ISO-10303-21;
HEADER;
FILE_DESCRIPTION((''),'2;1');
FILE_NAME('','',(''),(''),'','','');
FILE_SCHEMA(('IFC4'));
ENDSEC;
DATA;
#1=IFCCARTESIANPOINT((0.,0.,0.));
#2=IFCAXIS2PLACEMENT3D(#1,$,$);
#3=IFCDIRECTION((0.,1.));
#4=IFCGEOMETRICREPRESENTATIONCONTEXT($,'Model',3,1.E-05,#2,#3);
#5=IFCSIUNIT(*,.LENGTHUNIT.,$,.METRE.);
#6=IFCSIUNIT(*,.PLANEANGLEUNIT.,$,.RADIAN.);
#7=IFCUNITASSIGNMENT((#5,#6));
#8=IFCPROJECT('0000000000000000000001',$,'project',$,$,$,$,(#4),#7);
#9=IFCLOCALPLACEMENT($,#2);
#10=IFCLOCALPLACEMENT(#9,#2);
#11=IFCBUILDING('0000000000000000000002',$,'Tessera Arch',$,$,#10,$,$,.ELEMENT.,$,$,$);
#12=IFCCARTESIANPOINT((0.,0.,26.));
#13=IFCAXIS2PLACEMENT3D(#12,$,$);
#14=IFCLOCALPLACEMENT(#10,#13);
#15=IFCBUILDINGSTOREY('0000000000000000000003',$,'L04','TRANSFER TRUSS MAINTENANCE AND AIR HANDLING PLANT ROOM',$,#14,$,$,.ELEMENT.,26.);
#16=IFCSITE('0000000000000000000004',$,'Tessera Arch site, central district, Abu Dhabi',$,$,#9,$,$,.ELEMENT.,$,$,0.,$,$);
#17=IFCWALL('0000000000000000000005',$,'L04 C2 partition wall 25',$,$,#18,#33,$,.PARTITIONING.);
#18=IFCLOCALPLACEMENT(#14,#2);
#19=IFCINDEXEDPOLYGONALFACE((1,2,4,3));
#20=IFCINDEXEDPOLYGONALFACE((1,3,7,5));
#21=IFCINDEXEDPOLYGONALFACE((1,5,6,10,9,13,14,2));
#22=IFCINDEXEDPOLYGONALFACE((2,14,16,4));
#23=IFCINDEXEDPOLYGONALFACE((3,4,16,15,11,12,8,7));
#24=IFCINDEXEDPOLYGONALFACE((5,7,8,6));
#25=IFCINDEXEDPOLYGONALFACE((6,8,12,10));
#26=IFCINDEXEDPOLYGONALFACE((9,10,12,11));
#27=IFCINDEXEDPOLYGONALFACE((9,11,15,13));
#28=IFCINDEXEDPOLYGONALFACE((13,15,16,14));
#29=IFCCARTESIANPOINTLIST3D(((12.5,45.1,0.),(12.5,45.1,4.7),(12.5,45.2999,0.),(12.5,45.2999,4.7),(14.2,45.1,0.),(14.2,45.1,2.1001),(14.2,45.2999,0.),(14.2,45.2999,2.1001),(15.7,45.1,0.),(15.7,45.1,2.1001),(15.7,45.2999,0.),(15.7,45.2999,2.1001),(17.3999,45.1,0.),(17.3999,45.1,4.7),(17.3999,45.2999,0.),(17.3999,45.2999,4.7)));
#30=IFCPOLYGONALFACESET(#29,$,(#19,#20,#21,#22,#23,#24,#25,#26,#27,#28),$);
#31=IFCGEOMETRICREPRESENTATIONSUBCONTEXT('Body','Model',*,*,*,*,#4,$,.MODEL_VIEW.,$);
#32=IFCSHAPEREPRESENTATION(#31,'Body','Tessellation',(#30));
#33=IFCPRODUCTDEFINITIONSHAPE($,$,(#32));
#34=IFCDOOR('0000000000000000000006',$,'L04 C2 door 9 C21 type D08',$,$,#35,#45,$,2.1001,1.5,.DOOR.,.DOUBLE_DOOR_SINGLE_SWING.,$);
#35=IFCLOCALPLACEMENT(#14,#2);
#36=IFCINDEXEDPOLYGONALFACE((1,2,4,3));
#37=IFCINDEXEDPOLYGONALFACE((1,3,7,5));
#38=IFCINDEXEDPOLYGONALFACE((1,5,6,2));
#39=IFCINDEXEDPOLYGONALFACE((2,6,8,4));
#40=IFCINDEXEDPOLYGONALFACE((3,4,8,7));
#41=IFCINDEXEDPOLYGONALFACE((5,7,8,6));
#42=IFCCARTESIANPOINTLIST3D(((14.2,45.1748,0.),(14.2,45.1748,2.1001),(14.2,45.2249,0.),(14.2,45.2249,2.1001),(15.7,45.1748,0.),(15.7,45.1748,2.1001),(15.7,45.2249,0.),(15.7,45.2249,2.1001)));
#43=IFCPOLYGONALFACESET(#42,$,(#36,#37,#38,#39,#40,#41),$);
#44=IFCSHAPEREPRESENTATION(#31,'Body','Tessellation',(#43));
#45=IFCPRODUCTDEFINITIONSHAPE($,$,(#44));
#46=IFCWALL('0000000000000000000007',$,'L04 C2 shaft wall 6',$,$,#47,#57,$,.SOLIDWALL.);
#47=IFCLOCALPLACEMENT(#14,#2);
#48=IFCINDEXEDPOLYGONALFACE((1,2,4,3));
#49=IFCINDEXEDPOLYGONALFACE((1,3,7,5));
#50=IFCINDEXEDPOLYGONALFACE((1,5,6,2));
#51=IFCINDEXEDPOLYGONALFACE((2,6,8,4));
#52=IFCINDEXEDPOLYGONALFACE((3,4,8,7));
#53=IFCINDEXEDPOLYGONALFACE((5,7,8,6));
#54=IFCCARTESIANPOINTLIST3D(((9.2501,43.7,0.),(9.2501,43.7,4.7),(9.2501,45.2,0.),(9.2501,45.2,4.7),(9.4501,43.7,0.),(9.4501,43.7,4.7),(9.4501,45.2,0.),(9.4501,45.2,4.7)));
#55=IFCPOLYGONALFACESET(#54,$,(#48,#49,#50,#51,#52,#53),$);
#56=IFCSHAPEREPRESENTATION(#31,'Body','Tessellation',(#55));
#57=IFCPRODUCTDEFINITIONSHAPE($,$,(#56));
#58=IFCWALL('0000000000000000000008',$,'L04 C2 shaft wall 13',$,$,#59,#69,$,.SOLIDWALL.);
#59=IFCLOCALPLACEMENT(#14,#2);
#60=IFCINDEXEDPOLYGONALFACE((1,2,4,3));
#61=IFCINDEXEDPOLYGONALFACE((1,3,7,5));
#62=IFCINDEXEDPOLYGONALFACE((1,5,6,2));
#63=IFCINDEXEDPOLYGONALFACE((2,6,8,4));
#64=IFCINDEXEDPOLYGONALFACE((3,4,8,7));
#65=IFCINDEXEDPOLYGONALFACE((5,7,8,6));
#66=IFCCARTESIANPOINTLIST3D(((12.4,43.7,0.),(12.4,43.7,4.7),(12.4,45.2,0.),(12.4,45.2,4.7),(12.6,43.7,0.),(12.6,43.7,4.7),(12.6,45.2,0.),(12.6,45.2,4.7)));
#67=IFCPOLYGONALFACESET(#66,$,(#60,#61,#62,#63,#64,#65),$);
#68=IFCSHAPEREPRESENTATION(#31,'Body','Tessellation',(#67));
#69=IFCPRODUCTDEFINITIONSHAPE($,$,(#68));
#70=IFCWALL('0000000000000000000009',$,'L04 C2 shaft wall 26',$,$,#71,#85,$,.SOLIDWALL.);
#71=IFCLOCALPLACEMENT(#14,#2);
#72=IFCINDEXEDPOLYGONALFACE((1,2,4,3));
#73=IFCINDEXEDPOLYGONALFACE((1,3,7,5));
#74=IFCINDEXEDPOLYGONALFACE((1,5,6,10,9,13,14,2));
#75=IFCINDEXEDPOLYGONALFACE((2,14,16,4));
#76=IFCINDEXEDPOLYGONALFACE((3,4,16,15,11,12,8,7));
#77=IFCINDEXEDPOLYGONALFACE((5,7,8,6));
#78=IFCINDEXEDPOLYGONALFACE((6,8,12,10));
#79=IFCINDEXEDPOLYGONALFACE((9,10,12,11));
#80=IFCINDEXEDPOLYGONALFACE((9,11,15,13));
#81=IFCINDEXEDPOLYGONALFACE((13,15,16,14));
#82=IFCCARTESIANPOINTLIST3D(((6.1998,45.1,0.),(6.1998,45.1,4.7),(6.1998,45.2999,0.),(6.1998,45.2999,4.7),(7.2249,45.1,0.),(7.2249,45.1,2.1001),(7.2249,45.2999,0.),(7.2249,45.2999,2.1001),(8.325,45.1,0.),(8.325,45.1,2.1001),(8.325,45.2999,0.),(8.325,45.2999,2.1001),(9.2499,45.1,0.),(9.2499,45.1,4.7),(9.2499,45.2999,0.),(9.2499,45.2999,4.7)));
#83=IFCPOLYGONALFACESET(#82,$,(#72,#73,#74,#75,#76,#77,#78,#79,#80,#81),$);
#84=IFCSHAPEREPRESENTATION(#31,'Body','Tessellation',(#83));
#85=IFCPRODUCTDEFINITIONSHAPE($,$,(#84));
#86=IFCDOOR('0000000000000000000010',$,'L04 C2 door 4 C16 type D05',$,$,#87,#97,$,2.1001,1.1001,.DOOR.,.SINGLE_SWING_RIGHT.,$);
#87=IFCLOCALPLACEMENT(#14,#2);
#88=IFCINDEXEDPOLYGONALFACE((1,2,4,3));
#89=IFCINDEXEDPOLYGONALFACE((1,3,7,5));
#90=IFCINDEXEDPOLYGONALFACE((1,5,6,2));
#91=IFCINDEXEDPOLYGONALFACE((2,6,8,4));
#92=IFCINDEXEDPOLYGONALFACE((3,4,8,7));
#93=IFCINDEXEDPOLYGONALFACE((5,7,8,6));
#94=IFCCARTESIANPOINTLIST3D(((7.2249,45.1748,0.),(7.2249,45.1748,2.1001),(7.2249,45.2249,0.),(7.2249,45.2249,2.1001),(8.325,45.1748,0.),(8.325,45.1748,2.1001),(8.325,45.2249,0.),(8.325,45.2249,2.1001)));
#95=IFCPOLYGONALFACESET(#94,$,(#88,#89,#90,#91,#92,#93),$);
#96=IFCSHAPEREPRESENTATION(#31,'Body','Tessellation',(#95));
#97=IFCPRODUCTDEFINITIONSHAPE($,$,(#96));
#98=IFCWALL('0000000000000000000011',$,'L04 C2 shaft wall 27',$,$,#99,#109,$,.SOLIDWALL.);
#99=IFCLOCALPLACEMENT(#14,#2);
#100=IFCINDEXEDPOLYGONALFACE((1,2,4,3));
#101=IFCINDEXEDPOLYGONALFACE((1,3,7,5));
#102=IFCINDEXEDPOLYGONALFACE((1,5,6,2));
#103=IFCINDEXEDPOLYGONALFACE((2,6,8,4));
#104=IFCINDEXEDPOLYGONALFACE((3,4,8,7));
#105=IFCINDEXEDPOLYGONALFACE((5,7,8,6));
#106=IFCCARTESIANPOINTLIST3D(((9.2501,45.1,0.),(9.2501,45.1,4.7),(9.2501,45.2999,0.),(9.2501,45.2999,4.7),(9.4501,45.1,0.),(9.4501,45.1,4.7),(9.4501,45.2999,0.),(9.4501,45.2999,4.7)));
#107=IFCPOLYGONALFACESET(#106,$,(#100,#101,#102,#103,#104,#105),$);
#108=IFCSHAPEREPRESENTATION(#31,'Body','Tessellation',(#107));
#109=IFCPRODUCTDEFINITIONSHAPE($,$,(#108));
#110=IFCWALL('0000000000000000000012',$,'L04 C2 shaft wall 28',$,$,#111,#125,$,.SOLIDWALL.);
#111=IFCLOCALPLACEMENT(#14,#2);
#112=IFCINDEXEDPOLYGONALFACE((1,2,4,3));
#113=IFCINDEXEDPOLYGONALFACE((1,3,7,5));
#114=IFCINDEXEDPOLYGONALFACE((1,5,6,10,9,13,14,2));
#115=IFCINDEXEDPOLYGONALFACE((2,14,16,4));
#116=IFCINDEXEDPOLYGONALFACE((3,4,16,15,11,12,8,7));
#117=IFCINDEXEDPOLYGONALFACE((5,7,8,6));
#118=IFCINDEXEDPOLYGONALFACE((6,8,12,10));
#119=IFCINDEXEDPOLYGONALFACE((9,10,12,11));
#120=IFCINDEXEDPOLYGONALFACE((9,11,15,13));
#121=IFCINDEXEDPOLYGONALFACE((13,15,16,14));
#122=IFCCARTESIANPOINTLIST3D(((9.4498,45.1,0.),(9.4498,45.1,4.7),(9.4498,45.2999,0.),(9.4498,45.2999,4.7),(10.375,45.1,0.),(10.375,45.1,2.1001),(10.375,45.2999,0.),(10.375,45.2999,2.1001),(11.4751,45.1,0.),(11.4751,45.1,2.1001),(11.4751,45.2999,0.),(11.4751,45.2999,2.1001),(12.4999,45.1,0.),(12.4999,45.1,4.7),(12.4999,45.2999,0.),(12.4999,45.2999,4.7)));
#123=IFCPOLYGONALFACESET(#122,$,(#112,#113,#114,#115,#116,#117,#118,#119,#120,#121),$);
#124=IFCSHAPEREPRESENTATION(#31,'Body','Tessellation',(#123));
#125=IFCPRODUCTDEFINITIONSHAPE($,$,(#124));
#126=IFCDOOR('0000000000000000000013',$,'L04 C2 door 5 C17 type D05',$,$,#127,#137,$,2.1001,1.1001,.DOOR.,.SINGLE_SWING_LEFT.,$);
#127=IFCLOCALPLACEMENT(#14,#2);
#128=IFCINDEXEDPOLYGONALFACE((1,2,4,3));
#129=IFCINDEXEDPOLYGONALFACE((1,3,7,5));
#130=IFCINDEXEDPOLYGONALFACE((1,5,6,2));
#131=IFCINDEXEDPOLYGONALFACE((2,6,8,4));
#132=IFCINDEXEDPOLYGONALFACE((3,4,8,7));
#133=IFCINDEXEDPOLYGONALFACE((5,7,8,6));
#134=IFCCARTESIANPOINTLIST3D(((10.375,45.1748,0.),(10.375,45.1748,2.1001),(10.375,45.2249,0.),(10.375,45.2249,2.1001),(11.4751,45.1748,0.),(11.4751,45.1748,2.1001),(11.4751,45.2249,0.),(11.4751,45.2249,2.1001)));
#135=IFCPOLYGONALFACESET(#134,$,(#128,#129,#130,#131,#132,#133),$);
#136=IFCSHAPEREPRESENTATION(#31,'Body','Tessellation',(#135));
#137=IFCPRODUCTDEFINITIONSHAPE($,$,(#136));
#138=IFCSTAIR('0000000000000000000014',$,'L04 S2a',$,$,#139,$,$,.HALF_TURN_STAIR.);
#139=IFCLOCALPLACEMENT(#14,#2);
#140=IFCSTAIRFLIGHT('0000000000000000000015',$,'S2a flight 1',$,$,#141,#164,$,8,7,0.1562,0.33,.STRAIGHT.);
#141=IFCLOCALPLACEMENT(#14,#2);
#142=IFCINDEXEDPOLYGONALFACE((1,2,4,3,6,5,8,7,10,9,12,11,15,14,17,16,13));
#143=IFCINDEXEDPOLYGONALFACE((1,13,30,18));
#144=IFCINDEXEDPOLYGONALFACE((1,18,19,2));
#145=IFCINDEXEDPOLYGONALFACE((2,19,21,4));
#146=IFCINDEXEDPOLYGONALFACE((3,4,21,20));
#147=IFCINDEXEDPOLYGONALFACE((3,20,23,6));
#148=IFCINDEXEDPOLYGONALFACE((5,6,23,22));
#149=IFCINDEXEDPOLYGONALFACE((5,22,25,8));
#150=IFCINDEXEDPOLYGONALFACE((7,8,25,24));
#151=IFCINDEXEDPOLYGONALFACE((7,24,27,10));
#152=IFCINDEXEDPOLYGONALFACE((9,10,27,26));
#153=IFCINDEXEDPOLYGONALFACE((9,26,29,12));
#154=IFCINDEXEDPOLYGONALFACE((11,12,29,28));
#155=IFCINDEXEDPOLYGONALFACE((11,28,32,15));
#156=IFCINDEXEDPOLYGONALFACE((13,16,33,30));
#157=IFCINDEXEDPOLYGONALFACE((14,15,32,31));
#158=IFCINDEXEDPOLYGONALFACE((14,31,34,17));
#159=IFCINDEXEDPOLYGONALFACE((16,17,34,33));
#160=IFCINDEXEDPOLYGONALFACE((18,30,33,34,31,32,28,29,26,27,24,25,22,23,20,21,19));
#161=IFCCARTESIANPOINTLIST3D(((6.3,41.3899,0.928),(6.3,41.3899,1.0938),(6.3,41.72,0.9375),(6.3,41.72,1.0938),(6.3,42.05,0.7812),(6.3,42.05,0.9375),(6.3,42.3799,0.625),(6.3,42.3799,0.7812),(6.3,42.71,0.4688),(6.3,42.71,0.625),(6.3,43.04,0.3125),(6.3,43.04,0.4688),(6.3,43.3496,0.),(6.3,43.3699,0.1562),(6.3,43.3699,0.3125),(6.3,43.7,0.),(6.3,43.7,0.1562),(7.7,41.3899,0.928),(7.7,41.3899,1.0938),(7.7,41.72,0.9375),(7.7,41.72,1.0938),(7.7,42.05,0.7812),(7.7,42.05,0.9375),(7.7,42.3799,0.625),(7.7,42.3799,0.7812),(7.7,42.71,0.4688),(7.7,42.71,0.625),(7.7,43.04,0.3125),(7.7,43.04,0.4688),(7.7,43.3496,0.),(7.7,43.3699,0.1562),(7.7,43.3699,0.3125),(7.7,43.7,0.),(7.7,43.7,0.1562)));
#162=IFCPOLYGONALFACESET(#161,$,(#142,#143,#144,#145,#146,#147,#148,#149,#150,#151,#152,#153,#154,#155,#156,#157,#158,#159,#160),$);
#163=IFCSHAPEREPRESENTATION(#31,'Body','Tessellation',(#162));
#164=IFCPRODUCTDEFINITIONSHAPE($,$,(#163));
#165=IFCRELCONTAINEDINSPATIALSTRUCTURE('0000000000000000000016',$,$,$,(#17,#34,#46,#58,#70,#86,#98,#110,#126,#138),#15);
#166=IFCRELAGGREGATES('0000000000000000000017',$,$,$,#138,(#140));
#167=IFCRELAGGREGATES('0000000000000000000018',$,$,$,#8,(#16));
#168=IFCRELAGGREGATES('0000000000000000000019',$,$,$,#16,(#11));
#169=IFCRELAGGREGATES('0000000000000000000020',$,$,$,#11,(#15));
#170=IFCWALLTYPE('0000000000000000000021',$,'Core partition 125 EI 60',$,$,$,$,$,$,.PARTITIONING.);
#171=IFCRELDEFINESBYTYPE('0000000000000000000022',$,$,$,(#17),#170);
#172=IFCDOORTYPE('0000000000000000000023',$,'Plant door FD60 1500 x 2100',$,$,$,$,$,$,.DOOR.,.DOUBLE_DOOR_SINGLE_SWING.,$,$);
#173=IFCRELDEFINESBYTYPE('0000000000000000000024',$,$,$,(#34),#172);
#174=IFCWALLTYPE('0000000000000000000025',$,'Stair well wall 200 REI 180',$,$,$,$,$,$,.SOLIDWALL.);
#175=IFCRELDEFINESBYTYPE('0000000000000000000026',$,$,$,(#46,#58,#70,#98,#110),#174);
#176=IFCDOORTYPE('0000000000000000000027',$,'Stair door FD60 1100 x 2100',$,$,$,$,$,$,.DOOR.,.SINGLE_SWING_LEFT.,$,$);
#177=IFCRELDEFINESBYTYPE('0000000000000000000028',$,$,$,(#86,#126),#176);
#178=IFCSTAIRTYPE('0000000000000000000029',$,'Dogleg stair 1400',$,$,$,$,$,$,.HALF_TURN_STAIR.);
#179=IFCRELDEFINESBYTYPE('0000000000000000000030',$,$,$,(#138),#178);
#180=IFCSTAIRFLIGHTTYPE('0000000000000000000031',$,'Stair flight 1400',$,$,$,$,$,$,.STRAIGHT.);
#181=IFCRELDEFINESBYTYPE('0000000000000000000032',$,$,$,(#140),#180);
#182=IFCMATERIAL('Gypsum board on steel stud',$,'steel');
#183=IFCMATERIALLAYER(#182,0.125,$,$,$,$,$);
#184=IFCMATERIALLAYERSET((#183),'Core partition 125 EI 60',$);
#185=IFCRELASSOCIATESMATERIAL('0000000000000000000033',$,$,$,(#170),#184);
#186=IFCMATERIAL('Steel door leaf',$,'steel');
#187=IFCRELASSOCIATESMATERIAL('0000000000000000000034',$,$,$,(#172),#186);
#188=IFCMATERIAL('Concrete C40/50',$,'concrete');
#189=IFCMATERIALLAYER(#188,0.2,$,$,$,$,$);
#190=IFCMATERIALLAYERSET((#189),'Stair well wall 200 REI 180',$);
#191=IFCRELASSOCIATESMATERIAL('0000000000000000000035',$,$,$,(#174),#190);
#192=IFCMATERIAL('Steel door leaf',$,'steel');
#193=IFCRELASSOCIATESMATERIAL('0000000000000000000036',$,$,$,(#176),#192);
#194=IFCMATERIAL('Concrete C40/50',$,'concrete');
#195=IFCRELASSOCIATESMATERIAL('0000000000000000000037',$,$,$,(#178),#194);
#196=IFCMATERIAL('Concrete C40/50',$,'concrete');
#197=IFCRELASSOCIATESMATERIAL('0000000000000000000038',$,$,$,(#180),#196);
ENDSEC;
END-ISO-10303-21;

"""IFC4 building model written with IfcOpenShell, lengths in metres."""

from ifc_helpers import new_model, si_unit, direction, frame, frame_2d, origin, place, context, subcontext, project, spatial, polyline, rectangle, outline, extrude, material, layer, layer_set, type_object, element, fill, aggregate, save


model = new_model("IFC4")

# Units and contexts
model_context = context("Model", 3, precision=1e-05, world=origin(), true_north=direction((0.0, 1.0)))
body_context = subcontext(model_context, "Body", "Model", "MODEL_VIEW")
ifc_project = project(units=[si_unit("LENGTHUNIT", "METRE"), si_unit("PLANEANGLEUNIT", "RADIAN")], contexts=[model_context])

# Site, building, storey
site_placement = place(None, origin())
site = spatial("IfcSite", under=ifc_project, at=site_placement, Name="Tessera Arch site, central district, Abu Dhabi", CompositionType="ELEMENT", RefElevation=0.0)
building_placement = place(site_placement, origin())
building = spatial("IfcBuilding", under=site, at=building_placement, Name="Tessera Arch", CompositionType="ELEMENT")
storey_placement = place(building_placement, frame((0.0, 0.0, 26.0)))
storey = spatial("IfcBuildingStorey", under=building, at=storey_placement, Name="L04", Description="TRANSFER TRUSS MAINTENANCE AND AIR HANDLING PLANT ROOM", CompositionType="ELEMENT", Elevation=26.0)

# Wall, opening, door
ifc_material_1 = material(Name="Gypsum board on steel stud", Category="steel")
ifc_layer_1 = layer(ifc_material_1, 0.125)
ifc_layer_set_1 = layer_set([ifc_layer_1], Name="Core partition 125 EI 60")
wall_type_1 = type_object("IfcWallType", Name="Core partition 125 EI 60", PredefinedType="PARTITIONING", material=ifc_layer_set_1)
wall_1_placement = place(storey_placement, frame((12.5, 45.2, 0.0), z_axis=(0.0, 0.0, 1.0), x_axis=(1.0, 0.0, 0.0)))
wall_1 = element("IfcWall", 1, at=wall_1_placement, inside=storey, type_object=wall_type_1, Name="L04 C2 partition wall 25", PredefinedType="PARTITIONING", context=body_context, shape_type="SweptSolid", body=[
    extrude(rectangle(XDim=4.8999, YDim=0.2, at=frame_2d((2.45, 0.0))), origin(), (0.0, 0.0, 1.0), 4.7),
])
opening_1_placement = place(wall_1_placement, frame((1.7, 0.0, 0.0)))
opening_1 = element("IfcOpeningElement", 2, at=opening_1_placement, cuts=wall_1, PredefinedType="OPENING", context=body_context, shape_type="SweptSolid", body=[
    extrude(rectangle(XDim=1.5, YDim=2.1001, at=frame_2d((0.75, 1.05))), frame((0.0, 0.1099, 0.0), z_axis=(0.0, -1.0, 0.0), x_axis=(1.0, 0.0, 0.0)), (0.0, 0.0, 1.0), 0.22),
])
ifc_material_2 = material(Name="Steel door leaf", Category="steel")
door_type_1 = type_object("IfcDoorType", Name="Plant door FD60 1500 x 2100", OperationType="DOUBLE_DOOR_SINGLE_SWING", PredefinedType="DOOR", material=ifc_material_2)
door_1_placement = place(opening_1_placement, origin())
door_1 = element("IfcDoor", 3, at=door_1_placement, inside=storey, type_object=door_type_1, Name="L04 C2 door 9 C21 type D08", OperationType="DOUBLE_DOOR_SINGLE_SWING", OverallHeight=2.1001, OverallWidth=1.5, PredefinedType="DOOR", context=body_context, shape_type="SweptSolid", body=[
    extrude(rectangle(XDim=1.5, YDim=2.1001, at=frame_2d((0.75, 1.05))), frame((0.0, 0.0249, 0.0), z_axis=(0.0, -1.0, 0.0), x_axis=(1.0, 0.0, 0.0)), (0.0, 0.0, 1.0), 0.05),
])
fill(opening_1, door_1)

# Walls
ifc_material_3 = material(Name="Concrete C40/50", Category="concrete")
ifc_layer_2 = layer(ifc_material_3, 0.2)
ifc_layer_set_2 = layer_set([ifc_layer_2], Name="Stair well wall 200 REI 180")
wall_type_2 = type_object("IfcWallType", Name="Stair well wall 200 REI 180", PredefinedType="SOLIDWALL", material=ifc_layer_set_2)
for number, where, z_axis, x_axis, name in (
    (4, (9.3501, 43.7, 0.0), (0.0, 0.0, 1.0), (0.0, 1.0, 0.0), "L04 C2 shaft wall 6"),
    (5, (12.5, 43.7, 0.0), (0.0, 0.0, 1.0), (0.0, 1.0, 0.0), "L04 C2 shaft wall 13"),
):
    element("IfcWall", number, at=place(storey_placement, frame(where, z_axis=z_axis, x_axis=x_axis)), inside=storey, type_object=wall_type_2, Name=name, PredefinedType="SOLIDWALL", context=body_context, shape_type="SweptSolid", body=[
        extrude(rectangle(XDim=1.5, YDim=0.2, at=frame_2d((0.75, 0.0))), origin(), (0.0, 0.0, 1.0), 4.7),
    ])

# Wall, opening, door
wall_2_placement = place(storey_placement, frame((6.2, 45.2, 0.0), z_axis=(0.0, 0.0, 1.0), x_axis=(1.0, 0.0, 0.0)))
wall_2 = element("IfcWall", 6, at=wall_2_placement, inside=storey, type_object=wall_type_2, Name="L04 C2 shaft wall 26", PredefinedType="SOLIDWALL", context=body_context, shape_type="SweptSolid", body=[
    extrude(rectangle(XDim=3.05, YDim=0.2, at=frame_2d((1.5249, 0.0))), origin(), (0.0, 0.0, 1.0), 4.7),
])
opening_2_placement = place(wall_2_placement, frame((1.0249, 0.0, 0.0)))
opening_2 = element("IfcOpeningElement", 7, at=opening_2_placement, cuts=wall_2, PredefinedType="OPENING", context=body_context, shape_type="SweptSolid", body=[
    extrude(rectangle(XDim=1.1001, YDim=2.1001, at=frame_2d((0.55, 1.05))), frame((0.0, 0.1099, 0.0), z_axis=(0.0, -1.0, 0.0), x_axis=(1.0, 0.0, 0.0)), (0.0, 0.0, 1.0), 0.22),
])
ifc_material_4 = material(Name="Steel door leaf", Category="steel")
door_type_2 = type_object("IfcDoorType", Name="Stair door FD60 1100 x 2100", OperationType="SINGLE_SWING_LEFT", PredefinedType="DOOR", material=ifc_material_4)
door_2_placement = place(opening_2_placement, origin())
door_2 = element("IfcDoor", 8, at=door_2_placement, inside=storey, type_object=door_type_2, Name="L04 C2 door 4 C16 type D05", OperationType="SINGLE_SWING_RIGHT", OverallHeight=2.1001, OverallWidth=1.1001, PredefinedType="DOOR", context=body_context, shape_type="SweptSolid", body=[
    extrude(rectangle(XDim=1.1001, YDim=2.1001, at=frame_2d((0.55, 1.05))), frame((0.0, 0.0249, 0.0), z_axis=(0.0, -1.0, 0.0), x_axis=(1.0, 0.0, 0.0)), (0.0, 0.0, 1.0), 0.05),
])
fill(opening_2, door_2)

# Wall
wall_3_placement = place(storey_placement, frame((9.25, 45.2, 0.0), z_axis=(0.0, 0.0, 1.0), x_axis=(1.0, 0.0, 0.0)))
element("IfcWall", 9, at=wall_3_placement, inside=storey, type_object=wall_type_2, Name="L04 C2 shaft wall 27", PredefinedType="SOLIDWALL", context=body_context, shape_type="SweptSolid", body=[
    extrude(rectangle(XDim=0.2, YDim=0.2, at=frame_2d((0.1001, 0.0))), origin(), (0.0, 0.0, 1.0), 4.7),
])

# Wall, opening, door
wall_4_placement = place(storey_placement, frame((9.45, 45.2, 0.0), z_axis=(0.0, 0.0, 1.0), x_axis=(1.0, 0.0, 0.0)))
wall_4 = element("IfcWall", 10, at=wall_4_placement, inside=storey, type_object=wall_type_2, Name="L04 C2 shaft wall 28", PredefinedType="SOLIDWALL", context=body_context, shape_type="SweptSolid", body=[
    extrude(rectangle(XDim=3.05, YDim=0.2, at=frame_2d((1.5249, 0.0))), origin(), (0.0, 0.0, 1.0), 4.7),
])
opening_3_placement = place(wall_4_placement, frame((0.925, 0.0, 0.0)))
opening_3 = element("IfcOpeningElement", 11, at=opening_3_placement, cuts=wall_4, PredefinedType="OPENING", context=body_context, shape_type="SweptSolid", body=[
    extrude(rectangle(XDim=1.1001, YDim=2.1001, at=frame_2d((0.55, 1.05))), frame((0.0, 0.1099, 0.0), z_axis=(0.0, -1.0, 0.0), x_axis=(1.0, 0.0, 0.0)), (0.0, 0.0, 1.0), 0.22),
])
door_3_placement = place(opening_3_placement, origin())
door_3 = element("IfcDoor", 12, at=door_3_placement, inside=storey, type_object=door_type_2, Name="L04 C2 door 5 C17 type D05", OperationType="SINGLE_SWING_LEFT", OverallHeight=2.1001, OverallWidth=1.1001, PredefinedType="DOOR", context=body_context, shape_type="SweptSolid", body=[
    extrude(rectangle(XDim=1.1001, YDim=2.1001, at=frame_2d((0.55, 1.05))), frame((0.0, 0.0249, 0.0), z_axis=(0.0, -1.0, 0.0), x_axis=(1.0, 0.0, 0.0)), (0.0, 0.0, 1.0), 0.05),
])
fill(opening_3, door_3)

# Stair, stair flight
ifc_material_5 = material(Name="Concrete C40/50", Category="concrete")
stair_type = type_object("IfcStairType", Name="Dogleg stair 1400", PredefinedType="HALF_TURN_STAIR", material=ifc_material_5)
stair_1_placement = place(storey_placement, origin())
stair_1 = element("IfcStair", 13, at=stair_1_placement, inside=storey, type_object=stair_type, Name="L04 S2a", PredefinedType="HALF_TURN_STAIR")
ifc_material_6 = material(Name="Concrete C40/50", Category="concrete")
stair_flight_type = type_object("IfcStairFlightType", Name="Stair flight 1400", PredefinedType="STRAIGHT", material=ifc_material_6)
stair_flight_1_placement = place(storey_placement, frame((7.0, 43.7, 0.0), z_axis=(0.0, 0.0, 1.0), x_axis=(0.0, -1.0, 0.0)))
stair_flight_1 = element("IfcStairFlight", 14, at=stair_flight_1_placement, type_object=stair_flight_type, Name="S2a flight 1", NumberOfRisers=8, NumberOfTreads=7, PredefinedType="STRAIGHT", RiserHeight=0.1562, TreadLength=0.33, context=body_context, shape_type="SweptSolid", body=[
    extrude(outline(polyline([(0.0, 0.0), (0.0, 0.1562), (0.3301, 0.1562), (0.3301, 0.3125), (0.6599, 0.3125), (0.6599, 0.4688), (0.99, 0.4688), (0.99, 0.625), (1.3201, 0.625), (1.3201, 0.7812), (1.6499, 0.7812), (1.6499, 0.9375), (1.98, 0.9375), (1.98, 1.0938), (2.3101, 1.0938), (2.3101, 1.25), (2.3101, 0.928), (0.3503, 0.0), (0.0, 0.0)])), frame((0.0, 0.7, 0.0), z_axis=(0.0, -1.0, 0.0), x_axis=(1.0, 0.0, 0.0)), (0.0, 0.0, 1.0), 1.3999),
])
aggregate(stair_1, [stair_flight_1])

save(model, "model.ifc")
